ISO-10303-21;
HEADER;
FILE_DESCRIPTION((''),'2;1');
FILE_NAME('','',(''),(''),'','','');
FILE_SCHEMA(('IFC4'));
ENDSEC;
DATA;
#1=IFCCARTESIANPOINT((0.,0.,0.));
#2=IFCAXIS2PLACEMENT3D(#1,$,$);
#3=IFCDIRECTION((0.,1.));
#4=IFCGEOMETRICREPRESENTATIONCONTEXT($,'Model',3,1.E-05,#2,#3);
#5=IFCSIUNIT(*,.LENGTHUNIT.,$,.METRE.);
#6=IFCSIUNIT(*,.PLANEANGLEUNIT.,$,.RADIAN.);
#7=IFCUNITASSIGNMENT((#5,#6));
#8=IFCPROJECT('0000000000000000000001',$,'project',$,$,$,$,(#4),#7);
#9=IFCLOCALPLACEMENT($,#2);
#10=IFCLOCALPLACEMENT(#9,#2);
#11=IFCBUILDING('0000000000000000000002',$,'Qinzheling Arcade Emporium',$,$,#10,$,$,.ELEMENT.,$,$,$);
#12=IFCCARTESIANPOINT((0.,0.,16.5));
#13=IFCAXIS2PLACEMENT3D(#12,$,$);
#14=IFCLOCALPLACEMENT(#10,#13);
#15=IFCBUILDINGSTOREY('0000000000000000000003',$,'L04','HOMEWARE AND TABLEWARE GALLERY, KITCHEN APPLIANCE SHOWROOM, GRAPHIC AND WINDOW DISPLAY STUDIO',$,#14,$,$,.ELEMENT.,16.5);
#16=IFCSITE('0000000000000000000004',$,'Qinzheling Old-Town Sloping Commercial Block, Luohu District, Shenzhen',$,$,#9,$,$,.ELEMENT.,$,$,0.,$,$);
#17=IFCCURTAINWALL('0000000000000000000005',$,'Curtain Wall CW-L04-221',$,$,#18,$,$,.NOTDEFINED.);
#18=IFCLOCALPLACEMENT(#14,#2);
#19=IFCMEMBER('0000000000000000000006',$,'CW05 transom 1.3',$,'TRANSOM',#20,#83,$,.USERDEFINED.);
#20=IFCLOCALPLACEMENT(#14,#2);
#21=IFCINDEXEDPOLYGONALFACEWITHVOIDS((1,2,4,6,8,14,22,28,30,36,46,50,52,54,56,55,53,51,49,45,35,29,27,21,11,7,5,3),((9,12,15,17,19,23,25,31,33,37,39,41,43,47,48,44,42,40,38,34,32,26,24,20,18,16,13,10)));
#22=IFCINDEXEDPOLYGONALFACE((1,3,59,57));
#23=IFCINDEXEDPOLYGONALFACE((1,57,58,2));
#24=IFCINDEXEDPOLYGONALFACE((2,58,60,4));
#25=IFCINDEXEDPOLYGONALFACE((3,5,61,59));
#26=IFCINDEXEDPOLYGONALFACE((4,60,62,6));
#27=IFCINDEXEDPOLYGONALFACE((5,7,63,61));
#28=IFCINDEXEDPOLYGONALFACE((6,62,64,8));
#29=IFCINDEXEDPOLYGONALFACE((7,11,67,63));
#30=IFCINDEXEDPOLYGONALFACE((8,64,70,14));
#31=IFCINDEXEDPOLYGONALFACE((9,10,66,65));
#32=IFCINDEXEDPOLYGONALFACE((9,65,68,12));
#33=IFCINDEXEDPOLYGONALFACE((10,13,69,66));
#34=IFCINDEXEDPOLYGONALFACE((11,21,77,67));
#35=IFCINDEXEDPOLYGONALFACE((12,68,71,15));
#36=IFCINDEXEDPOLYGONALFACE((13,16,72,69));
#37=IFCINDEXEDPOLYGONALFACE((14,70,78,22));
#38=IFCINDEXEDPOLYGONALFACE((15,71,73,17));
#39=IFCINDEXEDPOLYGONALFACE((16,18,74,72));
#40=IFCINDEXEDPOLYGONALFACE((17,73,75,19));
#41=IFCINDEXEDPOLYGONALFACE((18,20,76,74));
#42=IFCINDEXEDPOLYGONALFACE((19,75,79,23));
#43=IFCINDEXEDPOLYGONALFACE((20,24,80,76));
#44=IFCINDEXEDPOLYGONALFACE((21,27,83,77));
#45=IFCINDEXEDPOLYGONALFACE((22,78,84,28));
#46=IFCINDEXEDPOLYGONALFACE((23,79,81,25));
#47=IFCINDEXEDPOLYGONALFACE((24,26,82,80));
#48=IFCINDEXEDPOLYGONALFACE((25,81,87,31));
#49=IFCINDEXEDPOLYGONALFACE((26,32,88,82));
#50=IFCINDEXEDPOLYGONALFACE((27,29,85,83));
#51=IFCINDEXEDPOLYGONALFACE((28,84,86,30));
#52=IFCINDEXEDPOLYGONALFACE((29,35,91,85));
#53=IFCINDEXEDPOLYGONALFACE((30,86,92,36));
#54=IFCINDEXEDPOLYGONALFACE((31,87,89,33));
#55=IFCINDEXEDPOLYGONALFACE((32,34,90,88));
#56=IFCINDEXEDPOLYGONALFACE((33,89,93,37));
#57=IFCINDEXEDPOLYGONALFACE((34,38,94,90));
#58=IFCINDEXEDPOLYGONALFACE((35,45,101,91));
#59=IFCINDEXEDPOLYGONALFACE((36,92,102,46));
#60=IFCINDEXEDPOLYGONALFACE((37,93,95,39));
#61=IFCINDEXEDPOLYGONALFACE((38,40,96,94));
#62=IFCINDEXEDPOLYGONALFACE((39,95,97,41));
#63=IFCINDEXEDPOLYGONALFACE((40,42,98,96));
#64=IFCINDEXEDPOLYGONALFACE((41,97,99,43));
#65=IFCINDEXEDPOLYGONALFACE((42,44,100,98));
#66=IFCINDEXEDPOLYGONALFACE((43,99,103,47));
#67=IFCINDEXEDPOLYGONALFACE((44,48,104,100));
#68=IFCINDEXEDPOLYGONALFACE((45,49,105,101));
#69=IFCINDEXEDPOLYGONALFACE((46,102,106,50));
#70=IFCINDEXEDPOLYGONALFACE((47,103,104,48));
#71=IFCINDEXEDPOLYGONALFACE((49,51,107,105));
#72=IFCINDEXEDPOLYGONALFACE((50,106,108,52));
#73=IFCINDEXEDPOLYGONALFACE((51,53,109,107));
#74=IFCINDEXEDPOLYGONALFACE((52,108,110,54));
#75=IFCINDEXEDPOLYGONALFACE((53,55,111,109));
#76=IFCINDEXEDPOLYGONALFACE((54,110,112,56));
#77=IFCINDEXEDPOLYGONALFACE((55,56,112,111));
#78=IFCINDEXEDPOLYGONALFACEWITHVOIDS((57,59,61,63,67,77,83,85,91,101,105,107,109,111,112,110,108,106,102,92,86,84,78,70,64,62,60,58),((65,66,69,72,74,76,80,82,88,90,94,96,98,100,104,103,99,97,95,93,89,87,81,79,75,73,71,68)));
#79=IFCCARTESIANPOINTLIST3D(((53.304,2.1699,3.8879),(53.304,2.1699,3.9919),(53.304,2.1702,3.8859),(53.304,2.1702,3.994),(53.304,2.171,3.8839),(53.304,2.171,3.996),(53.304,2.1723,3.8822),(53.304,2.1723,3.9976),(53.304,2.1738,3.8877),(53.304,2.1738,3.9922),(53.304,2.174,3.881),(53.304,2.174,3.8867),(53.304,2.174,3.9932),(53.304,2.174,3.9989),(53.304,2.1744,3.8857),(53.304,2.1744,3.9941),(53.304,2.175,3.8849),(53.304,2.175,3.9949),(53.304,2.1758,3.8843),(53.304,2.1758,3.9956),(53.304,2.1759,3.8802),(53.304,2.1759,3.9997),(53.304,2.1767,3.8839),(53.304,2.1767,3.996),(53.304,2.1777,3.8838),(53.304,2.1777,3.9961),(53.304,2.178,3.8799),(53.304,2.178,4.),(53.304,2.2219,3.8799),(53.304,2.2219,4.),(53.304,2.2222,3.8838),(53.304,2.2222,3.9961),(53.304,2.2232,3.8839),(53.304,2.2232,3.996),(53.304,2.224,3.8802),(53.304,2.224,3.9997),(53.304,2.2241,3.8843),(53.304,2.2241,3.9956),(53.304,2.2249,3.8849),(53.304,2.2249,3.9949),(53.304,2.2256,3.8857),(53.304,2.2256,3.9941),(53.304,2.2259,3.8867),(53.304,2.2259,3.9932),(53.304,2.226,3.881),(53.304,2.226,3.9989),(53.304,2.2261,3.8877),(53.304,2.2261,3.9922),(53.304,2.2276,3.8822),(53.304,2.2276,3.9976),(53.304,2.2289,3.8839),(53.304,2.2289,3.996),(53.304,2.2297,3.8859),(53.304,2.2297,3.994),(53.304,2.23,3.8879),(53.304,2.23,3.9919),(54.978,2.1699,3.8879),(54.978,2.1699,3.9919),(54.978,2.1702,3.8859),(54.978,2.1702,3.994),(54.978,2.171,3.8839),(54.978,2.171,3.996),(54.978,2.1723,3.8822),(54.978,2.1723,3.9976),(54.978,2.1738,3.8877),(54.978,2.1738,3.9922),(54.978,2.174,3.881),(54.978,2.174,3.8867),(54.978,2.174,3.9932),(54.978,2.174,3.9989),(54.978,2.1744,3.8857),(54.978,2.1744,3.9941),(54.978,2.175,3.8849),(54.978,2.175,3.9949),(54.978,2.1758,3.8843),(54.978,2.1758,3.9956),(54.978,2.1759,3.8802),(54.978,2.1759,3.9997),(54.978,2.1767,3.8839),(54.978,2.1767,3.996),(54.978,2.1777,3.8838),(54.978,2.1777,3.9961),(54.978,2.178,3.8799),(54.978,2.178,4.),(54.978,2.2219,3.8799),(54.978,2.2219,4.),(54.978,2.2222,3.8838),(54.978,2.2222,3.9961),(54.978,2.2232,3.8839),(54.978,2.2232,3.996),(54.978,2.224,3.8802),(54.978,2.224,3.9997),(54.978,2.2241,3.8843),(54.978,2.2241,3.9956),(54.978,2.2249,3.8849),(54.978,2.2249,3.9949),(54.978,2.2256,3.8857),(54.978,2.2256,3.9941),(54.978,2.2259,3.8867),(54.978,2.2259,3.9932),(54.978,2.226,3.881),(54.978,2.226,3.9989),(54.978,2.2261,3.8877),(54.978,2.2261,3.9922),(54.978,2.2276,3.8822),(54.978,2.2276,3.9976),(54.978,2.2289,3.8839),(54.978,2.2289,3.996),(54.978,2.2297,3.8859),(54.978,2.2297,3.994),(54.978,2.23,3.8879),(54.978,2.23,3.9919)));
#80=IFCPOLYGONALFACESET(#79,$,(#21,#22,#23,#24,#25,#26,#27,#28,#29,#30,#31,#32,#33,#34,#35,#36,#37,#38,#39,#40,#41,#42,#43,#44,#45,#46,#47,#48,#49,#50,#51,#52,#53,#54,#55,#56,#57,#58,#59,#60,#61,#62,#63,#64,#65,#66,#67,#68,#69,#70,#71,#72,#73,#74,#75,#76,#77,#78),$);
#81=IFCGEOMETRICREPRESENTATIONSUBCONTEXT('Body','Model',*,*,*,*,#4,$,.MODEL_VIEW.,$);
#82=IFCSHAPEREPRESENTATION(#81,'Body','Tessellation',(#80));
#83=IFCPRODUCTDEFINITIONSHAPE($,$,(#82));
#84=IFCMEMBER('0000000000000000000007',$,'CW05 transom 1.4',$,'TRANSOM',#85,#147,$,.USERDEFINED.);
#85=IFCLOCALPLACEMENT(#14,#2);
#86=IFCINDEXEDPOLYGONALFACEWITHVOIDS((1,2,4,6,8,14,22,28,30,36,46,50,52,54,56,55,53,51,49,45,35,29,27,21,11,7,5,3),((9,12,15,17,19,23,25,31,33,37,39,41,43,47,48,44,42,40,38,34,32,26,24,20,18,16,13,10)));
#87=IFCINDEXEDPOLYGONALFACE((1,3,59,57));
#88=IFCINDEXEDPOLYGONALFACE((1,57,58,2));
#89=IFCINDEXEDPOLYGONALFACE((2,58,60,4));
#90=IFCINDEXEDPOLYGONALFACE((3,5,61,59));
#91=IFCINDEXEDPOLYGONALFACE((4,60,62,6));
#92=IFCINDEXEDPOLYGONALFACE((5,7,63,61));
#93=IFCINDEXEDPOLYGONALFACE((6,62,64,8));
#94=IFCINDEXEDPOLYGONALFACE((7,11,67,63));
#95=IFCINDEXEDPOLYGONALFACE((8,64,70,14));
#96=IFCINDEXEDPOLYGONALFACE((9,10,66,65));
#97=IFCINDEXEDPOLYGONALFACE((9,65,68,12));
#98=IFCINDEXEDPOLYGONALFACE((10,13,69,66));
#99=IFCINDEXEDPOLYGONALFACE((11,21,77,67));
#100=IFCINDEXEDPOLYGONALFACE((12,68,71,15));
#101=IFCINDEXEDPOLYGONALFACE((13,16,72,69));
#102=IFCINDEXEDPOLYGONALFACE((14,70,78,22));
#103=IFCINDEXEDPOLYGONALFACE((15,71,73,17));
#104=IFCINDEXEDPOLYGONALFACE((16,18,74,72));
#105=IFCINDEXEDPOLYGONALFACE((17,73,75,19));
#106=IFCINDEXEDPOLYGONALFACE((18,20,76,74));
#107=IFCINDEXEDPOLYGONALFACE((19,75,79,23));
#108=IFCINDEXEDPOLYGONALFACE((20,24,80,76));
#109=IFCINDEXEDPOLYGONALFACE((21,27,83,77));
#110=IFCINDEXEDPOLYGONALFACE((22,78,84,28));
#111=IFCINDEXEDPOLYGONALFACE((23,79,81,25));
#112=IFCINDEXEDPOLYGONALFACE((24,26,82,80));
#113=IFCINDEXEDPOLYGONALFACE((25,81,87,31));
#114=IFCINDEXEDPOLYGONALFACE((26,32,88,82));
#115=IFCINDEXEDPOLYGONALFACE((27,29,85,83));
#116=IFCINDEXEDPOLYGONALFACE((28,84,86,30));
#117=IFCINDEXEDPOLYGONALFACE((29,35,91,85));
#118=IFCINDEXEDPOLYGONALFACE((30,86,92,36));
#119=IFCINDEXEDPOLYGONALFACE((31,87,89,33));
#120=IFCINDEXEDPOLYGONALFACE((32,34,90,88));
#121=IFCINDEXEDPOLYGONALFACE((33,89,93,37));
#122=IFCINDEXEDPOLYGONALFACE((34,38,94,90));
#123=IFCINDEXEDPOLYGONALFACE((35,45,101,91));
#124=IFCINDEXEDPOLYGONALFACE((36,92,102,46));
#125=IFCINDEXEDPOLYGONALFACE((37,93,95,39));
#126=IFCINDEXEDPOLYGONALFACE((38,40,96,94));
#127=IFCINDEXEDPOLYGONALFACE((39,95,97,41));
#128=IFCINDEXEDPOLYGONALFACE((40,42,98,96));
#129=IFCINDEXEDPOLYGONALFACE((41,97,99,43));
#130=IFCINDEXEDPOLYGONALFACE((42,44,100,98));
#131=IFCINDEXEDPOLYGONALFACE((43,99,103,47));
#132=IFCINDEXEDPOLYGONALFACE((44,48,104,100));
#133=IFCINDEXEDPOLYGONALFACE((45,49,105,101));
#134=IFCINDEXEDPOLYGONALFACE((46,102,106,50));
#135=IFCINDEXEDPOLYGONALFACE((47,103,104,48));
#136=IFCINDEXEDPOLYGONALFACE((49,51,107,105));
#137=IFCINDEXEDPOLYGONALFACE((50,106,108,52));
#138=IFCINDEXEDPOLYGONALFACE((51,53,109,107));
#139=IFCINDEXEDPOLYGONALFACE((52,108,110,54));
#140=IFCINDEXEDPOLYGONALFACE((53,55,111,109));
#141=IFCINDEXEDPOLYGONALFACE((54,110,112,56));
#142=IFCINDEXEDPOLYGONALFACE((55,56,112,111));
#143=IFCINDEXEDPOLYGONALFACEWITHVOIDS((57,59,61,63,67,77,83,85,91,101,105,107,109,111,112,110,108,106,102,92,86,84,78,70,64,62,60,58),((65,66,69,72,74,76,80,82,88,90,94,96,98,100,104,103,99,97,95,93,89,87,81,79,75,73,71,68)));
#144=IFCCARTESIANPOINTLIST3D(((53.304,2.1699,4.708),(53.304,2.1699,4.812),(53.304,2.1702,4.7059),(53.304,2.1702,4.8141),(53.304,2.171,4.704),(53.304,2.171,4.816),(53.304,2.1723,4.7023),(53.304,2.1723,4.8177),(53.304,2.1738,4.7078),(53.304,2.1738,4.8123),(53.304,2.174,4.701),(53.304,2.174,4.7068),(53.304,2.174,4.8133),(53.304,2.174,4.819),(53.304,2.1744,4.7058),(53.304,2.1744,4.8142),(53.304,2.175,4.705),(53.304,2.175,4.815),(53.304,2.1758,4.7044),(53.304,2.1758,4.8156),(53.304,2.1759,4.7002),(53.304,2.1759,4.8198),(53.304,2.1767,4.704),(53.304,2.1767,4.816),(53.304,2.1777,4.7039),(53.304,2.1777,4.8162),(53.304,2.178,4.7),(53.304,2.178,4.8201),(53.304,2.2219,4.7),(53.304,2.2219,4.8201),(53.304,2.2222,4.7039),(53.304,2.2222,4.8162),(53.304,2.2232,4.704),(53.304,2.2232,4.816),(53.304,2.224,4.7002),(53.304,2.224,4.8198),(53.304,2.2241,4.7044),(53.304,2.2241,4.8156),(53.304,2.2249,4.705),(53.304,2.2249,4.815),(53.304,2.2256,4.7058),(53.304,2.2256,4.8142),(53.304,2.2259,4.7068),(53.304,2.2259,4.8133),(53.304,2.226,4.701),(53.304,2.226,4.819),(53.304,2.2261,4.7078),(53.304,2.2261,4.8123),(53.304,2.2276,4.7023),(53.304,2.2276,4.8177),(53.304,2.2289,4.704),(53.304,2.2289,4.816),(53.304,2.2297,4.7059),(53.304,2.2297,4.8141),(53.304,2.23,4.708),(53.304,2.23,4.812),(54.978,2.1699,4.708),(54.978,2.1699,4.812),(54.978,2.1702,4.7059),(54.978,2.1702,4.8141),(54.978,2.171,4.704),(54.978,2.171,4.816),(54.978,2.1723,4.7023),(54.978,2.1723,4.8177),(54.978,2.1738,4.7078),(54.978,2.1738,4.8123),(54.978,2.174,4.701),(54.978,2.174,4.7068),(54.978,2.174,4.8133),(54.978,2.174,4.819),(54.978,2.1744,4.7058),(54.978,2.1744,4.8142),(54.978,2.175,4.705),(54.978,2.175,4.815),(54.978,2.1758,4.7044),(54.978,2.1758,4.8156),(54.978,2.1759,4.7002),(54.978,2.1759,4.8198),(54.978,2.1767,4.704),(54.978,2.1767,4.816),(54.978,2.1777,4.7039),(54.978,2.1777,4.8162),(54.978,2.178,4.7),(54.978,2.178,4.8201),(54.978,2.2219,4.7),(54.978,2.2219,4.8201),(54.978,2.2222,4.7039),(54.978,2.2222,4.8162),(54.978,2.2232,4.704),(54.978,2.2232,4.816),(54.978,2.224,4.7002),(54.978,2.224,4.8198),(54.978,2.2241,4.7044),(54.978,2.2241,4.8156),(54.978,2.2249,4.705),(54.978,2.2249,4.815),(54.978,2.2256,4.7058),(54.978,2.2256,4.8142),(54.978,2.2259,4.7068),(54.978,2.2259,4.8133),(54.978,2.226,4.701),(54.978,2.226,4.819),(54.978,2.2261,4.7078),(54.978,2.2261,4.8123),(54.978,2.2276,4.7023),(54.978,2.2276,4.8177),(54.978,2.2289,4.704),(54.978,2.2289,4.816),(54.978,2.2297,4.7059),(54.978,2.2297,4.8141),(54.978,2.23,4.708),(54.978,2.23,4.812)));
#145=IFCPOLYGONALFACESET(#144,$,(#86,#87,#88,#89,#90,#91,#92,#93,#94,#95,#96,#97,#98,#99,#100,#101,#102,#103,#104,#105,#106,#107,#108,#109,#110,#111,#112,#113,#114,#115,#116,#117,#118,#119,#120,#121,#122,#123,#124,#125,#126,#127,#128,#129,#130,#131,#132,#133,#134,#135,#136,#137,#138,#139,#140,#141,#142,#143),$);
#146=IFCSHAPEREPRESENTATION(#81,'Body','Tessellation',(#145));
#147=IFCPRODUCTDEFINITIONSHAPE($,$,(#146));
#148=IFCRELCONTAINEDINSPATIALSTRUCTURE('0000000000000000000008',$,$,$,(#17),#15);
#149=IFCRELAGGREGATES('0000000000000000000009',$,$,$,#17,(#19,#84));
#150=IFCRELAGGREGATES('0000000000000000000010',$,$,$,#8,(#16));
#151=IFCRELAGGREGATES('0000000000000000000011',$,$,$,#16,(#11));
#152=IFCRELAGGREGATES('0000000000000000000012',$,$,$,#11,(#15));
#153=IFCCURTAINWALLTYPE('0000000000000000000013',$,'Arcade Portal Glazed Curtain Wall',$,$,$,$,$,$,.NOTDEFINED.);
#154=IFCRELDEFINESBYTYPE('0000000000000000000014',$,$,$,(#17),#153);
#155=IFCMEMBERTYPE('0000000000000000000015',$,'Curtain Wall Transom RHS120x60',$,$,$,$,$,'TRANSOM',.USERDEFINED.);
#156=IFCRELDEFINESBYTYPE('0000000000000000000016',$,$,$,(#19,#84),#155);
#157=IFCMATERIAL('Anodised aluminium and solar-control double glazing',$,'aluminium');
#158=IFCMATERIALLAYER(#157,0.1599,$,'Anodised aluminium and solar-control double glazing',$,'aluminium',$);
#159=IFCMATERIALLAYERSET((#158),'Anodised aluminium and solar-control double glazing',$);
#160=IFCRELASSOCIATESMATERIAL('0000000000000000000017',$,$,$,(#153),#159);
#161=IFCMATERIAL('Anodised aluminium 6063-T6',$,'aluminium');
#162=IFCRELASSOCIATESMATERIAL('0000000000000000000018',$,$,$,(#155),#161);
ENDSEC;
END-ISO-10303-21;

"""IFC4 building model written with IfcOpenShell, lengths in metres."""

from ifc_helpers import new_model, si_unit, direction, frame, origin, origin_2d, place, context, subcontext, project, spatial, hollow_rectangle, extrude, material, layer, layer_set, material_profile, profile_set, type_object, element, aggregate, save


model = new_model("IFC4")

# Units and contexts
model_context = context("Model", 3, precision=1e-05, world=origin(), true_north=direction((0.0, 1.0)))
body_context = subcontext(model_context, "Body", "Model", "MODEL_VIEW")
ifc_project = project(units=[si_unit("LENGTHUNIT", "METRE"), si_unit("PLANEANGLEUNIT", "RADIAN")], contexts=[model_context])

# Site, building, storey
site_placement = place(None, origin())
site = spatial("IfcSite", under=ifc_project, at=site_placement, Name="Qinzheling Old-Town Sloping Commercial Block, Luohu District, Shenzhen", CompositionType="ELEMENT", RefElevation=0.0)
building_placement = place(site_placement, origin())
building = spatial("IfcBuilding", under=site, at=building_placement, Name="Qinzheling Arcade Emporium", CompositionType="ELEMENT")
storey_placement = place(building_placement, frame((0.0, 0.0, 16.5)))
storey = spatial("IfcBuildingStorey", under=building, at=storey_placement, Name="L04", Description="HOMEWARE AND TABLEWARE GALLERY, KITCHEN APPLIANCE SHOWROOM, GRAPHIC AND WINDOW DISPLAY STUDIO", CompositionType="ELEMENT", Elevation=16.5)

# Curtain wall, members
ifc_material_1 = material(Name="Anodised aluminium and solar-control double glazing", Category="aluminium")
ifc_layer_1 = layer(ifc_material_1, 0.1599, Name="Anodised aluminium and solar-control double glazing", Category="aluminium")
ifc_layer_set_1 = layer_set([ifc_layer_1], Name="Anodised aluminium and solar-control double glazing")
curtain_wall_type = type_object("IfcCurtainWallType", Name="Arcade Portal Glazed Curtain Wall", PredefinedType="NOTDEFINED", material=ifc_layer_set_1)
curtain_wall_placement = place(storey_placement, origin())
curtain_wall = element("IfcCurtainWall", 1, at=curtain_wall_placement, inside=storey, type_object=curtain_wall_type, Name="Curtain Wall CW-L04-221", PredefinedType="NOTDEFINED")
ifc_material_2 = material(Name="Anodised aluminium 6063-T6", Category="aluminium")
ifc_material_profile_1 = material_profile(ifc_material_2, hollow_rectangle(XDim=0.0601, YDim=0.1201, WallThickness=0.0039, InnerFilletRadius=0.0039, OuterFilletRadius=0.0081, at=origin_2d()), Name="RHS 120x60x4", Category="aluminium")
ifc_profile_set_1 = profile_set([ifc_material_profile_1], Name="Anodised aluminium 6063-T6")
member_type_1 = type_object("IfcMemberType", Name="Curtain Wall Transom RHS120x60", ElementType="TRANSOM", PredefinedType="USERDEFINED", material=ifc_profile_set_1)
member_1_placement = place(storey_placement, frame((54.978, 2.2, 3.9399), z_axis=(-1.0, 0.0, 0.0), x_axis=(0.0, -1.0, 0.0)))
member_1 = element("IfcMember", 2, at=member_1_placement, type_object=member_type_1, Name="CW05 transom 1.3", ObjectType="TRANSOM", PredefinedType="USERDEFINED", context=body_context, shape_type="SweptSolid", body=[
    extrude(hollow_rectangle(XDim=0.0601, YDim=0.1201, WallThickness=0.0039, InnerFilletRadius=0.0039, OuterFilletRadius=0.0081, at=origin_2d()), origin(), (0.0, 0.0, 1.0), 1.6741),
])
member_2_placement = place(storey_placement, frame((54.978, 2.2, 4.76), z_axis=(-1.0, 0.0, 0.0), x_axis=(0.0, -1.0, 0.0)))
member_2 = element("IfcMember", 3, at=member_2_placement, type_object=member_type_1, Name="CW05 transom 1.4", ObjectType="TRANSOM", PredefinedType="USERDEFINED", context=body_context, shape_type="SweptSolid", body=[
    extrude(hollow_rectangle(XDim=0.0601, YDim=0.1201, WallThickness=0.0039, InnerFilletRadius=0.0039, OuterFilletRadius=0.0081, at=origin_2d()), origin(), (0.0, 0.0, 1.0), 1.6741),
])

aggregate(curtain_wall, [member_1, member_2])

save(model, "model.ifc")
